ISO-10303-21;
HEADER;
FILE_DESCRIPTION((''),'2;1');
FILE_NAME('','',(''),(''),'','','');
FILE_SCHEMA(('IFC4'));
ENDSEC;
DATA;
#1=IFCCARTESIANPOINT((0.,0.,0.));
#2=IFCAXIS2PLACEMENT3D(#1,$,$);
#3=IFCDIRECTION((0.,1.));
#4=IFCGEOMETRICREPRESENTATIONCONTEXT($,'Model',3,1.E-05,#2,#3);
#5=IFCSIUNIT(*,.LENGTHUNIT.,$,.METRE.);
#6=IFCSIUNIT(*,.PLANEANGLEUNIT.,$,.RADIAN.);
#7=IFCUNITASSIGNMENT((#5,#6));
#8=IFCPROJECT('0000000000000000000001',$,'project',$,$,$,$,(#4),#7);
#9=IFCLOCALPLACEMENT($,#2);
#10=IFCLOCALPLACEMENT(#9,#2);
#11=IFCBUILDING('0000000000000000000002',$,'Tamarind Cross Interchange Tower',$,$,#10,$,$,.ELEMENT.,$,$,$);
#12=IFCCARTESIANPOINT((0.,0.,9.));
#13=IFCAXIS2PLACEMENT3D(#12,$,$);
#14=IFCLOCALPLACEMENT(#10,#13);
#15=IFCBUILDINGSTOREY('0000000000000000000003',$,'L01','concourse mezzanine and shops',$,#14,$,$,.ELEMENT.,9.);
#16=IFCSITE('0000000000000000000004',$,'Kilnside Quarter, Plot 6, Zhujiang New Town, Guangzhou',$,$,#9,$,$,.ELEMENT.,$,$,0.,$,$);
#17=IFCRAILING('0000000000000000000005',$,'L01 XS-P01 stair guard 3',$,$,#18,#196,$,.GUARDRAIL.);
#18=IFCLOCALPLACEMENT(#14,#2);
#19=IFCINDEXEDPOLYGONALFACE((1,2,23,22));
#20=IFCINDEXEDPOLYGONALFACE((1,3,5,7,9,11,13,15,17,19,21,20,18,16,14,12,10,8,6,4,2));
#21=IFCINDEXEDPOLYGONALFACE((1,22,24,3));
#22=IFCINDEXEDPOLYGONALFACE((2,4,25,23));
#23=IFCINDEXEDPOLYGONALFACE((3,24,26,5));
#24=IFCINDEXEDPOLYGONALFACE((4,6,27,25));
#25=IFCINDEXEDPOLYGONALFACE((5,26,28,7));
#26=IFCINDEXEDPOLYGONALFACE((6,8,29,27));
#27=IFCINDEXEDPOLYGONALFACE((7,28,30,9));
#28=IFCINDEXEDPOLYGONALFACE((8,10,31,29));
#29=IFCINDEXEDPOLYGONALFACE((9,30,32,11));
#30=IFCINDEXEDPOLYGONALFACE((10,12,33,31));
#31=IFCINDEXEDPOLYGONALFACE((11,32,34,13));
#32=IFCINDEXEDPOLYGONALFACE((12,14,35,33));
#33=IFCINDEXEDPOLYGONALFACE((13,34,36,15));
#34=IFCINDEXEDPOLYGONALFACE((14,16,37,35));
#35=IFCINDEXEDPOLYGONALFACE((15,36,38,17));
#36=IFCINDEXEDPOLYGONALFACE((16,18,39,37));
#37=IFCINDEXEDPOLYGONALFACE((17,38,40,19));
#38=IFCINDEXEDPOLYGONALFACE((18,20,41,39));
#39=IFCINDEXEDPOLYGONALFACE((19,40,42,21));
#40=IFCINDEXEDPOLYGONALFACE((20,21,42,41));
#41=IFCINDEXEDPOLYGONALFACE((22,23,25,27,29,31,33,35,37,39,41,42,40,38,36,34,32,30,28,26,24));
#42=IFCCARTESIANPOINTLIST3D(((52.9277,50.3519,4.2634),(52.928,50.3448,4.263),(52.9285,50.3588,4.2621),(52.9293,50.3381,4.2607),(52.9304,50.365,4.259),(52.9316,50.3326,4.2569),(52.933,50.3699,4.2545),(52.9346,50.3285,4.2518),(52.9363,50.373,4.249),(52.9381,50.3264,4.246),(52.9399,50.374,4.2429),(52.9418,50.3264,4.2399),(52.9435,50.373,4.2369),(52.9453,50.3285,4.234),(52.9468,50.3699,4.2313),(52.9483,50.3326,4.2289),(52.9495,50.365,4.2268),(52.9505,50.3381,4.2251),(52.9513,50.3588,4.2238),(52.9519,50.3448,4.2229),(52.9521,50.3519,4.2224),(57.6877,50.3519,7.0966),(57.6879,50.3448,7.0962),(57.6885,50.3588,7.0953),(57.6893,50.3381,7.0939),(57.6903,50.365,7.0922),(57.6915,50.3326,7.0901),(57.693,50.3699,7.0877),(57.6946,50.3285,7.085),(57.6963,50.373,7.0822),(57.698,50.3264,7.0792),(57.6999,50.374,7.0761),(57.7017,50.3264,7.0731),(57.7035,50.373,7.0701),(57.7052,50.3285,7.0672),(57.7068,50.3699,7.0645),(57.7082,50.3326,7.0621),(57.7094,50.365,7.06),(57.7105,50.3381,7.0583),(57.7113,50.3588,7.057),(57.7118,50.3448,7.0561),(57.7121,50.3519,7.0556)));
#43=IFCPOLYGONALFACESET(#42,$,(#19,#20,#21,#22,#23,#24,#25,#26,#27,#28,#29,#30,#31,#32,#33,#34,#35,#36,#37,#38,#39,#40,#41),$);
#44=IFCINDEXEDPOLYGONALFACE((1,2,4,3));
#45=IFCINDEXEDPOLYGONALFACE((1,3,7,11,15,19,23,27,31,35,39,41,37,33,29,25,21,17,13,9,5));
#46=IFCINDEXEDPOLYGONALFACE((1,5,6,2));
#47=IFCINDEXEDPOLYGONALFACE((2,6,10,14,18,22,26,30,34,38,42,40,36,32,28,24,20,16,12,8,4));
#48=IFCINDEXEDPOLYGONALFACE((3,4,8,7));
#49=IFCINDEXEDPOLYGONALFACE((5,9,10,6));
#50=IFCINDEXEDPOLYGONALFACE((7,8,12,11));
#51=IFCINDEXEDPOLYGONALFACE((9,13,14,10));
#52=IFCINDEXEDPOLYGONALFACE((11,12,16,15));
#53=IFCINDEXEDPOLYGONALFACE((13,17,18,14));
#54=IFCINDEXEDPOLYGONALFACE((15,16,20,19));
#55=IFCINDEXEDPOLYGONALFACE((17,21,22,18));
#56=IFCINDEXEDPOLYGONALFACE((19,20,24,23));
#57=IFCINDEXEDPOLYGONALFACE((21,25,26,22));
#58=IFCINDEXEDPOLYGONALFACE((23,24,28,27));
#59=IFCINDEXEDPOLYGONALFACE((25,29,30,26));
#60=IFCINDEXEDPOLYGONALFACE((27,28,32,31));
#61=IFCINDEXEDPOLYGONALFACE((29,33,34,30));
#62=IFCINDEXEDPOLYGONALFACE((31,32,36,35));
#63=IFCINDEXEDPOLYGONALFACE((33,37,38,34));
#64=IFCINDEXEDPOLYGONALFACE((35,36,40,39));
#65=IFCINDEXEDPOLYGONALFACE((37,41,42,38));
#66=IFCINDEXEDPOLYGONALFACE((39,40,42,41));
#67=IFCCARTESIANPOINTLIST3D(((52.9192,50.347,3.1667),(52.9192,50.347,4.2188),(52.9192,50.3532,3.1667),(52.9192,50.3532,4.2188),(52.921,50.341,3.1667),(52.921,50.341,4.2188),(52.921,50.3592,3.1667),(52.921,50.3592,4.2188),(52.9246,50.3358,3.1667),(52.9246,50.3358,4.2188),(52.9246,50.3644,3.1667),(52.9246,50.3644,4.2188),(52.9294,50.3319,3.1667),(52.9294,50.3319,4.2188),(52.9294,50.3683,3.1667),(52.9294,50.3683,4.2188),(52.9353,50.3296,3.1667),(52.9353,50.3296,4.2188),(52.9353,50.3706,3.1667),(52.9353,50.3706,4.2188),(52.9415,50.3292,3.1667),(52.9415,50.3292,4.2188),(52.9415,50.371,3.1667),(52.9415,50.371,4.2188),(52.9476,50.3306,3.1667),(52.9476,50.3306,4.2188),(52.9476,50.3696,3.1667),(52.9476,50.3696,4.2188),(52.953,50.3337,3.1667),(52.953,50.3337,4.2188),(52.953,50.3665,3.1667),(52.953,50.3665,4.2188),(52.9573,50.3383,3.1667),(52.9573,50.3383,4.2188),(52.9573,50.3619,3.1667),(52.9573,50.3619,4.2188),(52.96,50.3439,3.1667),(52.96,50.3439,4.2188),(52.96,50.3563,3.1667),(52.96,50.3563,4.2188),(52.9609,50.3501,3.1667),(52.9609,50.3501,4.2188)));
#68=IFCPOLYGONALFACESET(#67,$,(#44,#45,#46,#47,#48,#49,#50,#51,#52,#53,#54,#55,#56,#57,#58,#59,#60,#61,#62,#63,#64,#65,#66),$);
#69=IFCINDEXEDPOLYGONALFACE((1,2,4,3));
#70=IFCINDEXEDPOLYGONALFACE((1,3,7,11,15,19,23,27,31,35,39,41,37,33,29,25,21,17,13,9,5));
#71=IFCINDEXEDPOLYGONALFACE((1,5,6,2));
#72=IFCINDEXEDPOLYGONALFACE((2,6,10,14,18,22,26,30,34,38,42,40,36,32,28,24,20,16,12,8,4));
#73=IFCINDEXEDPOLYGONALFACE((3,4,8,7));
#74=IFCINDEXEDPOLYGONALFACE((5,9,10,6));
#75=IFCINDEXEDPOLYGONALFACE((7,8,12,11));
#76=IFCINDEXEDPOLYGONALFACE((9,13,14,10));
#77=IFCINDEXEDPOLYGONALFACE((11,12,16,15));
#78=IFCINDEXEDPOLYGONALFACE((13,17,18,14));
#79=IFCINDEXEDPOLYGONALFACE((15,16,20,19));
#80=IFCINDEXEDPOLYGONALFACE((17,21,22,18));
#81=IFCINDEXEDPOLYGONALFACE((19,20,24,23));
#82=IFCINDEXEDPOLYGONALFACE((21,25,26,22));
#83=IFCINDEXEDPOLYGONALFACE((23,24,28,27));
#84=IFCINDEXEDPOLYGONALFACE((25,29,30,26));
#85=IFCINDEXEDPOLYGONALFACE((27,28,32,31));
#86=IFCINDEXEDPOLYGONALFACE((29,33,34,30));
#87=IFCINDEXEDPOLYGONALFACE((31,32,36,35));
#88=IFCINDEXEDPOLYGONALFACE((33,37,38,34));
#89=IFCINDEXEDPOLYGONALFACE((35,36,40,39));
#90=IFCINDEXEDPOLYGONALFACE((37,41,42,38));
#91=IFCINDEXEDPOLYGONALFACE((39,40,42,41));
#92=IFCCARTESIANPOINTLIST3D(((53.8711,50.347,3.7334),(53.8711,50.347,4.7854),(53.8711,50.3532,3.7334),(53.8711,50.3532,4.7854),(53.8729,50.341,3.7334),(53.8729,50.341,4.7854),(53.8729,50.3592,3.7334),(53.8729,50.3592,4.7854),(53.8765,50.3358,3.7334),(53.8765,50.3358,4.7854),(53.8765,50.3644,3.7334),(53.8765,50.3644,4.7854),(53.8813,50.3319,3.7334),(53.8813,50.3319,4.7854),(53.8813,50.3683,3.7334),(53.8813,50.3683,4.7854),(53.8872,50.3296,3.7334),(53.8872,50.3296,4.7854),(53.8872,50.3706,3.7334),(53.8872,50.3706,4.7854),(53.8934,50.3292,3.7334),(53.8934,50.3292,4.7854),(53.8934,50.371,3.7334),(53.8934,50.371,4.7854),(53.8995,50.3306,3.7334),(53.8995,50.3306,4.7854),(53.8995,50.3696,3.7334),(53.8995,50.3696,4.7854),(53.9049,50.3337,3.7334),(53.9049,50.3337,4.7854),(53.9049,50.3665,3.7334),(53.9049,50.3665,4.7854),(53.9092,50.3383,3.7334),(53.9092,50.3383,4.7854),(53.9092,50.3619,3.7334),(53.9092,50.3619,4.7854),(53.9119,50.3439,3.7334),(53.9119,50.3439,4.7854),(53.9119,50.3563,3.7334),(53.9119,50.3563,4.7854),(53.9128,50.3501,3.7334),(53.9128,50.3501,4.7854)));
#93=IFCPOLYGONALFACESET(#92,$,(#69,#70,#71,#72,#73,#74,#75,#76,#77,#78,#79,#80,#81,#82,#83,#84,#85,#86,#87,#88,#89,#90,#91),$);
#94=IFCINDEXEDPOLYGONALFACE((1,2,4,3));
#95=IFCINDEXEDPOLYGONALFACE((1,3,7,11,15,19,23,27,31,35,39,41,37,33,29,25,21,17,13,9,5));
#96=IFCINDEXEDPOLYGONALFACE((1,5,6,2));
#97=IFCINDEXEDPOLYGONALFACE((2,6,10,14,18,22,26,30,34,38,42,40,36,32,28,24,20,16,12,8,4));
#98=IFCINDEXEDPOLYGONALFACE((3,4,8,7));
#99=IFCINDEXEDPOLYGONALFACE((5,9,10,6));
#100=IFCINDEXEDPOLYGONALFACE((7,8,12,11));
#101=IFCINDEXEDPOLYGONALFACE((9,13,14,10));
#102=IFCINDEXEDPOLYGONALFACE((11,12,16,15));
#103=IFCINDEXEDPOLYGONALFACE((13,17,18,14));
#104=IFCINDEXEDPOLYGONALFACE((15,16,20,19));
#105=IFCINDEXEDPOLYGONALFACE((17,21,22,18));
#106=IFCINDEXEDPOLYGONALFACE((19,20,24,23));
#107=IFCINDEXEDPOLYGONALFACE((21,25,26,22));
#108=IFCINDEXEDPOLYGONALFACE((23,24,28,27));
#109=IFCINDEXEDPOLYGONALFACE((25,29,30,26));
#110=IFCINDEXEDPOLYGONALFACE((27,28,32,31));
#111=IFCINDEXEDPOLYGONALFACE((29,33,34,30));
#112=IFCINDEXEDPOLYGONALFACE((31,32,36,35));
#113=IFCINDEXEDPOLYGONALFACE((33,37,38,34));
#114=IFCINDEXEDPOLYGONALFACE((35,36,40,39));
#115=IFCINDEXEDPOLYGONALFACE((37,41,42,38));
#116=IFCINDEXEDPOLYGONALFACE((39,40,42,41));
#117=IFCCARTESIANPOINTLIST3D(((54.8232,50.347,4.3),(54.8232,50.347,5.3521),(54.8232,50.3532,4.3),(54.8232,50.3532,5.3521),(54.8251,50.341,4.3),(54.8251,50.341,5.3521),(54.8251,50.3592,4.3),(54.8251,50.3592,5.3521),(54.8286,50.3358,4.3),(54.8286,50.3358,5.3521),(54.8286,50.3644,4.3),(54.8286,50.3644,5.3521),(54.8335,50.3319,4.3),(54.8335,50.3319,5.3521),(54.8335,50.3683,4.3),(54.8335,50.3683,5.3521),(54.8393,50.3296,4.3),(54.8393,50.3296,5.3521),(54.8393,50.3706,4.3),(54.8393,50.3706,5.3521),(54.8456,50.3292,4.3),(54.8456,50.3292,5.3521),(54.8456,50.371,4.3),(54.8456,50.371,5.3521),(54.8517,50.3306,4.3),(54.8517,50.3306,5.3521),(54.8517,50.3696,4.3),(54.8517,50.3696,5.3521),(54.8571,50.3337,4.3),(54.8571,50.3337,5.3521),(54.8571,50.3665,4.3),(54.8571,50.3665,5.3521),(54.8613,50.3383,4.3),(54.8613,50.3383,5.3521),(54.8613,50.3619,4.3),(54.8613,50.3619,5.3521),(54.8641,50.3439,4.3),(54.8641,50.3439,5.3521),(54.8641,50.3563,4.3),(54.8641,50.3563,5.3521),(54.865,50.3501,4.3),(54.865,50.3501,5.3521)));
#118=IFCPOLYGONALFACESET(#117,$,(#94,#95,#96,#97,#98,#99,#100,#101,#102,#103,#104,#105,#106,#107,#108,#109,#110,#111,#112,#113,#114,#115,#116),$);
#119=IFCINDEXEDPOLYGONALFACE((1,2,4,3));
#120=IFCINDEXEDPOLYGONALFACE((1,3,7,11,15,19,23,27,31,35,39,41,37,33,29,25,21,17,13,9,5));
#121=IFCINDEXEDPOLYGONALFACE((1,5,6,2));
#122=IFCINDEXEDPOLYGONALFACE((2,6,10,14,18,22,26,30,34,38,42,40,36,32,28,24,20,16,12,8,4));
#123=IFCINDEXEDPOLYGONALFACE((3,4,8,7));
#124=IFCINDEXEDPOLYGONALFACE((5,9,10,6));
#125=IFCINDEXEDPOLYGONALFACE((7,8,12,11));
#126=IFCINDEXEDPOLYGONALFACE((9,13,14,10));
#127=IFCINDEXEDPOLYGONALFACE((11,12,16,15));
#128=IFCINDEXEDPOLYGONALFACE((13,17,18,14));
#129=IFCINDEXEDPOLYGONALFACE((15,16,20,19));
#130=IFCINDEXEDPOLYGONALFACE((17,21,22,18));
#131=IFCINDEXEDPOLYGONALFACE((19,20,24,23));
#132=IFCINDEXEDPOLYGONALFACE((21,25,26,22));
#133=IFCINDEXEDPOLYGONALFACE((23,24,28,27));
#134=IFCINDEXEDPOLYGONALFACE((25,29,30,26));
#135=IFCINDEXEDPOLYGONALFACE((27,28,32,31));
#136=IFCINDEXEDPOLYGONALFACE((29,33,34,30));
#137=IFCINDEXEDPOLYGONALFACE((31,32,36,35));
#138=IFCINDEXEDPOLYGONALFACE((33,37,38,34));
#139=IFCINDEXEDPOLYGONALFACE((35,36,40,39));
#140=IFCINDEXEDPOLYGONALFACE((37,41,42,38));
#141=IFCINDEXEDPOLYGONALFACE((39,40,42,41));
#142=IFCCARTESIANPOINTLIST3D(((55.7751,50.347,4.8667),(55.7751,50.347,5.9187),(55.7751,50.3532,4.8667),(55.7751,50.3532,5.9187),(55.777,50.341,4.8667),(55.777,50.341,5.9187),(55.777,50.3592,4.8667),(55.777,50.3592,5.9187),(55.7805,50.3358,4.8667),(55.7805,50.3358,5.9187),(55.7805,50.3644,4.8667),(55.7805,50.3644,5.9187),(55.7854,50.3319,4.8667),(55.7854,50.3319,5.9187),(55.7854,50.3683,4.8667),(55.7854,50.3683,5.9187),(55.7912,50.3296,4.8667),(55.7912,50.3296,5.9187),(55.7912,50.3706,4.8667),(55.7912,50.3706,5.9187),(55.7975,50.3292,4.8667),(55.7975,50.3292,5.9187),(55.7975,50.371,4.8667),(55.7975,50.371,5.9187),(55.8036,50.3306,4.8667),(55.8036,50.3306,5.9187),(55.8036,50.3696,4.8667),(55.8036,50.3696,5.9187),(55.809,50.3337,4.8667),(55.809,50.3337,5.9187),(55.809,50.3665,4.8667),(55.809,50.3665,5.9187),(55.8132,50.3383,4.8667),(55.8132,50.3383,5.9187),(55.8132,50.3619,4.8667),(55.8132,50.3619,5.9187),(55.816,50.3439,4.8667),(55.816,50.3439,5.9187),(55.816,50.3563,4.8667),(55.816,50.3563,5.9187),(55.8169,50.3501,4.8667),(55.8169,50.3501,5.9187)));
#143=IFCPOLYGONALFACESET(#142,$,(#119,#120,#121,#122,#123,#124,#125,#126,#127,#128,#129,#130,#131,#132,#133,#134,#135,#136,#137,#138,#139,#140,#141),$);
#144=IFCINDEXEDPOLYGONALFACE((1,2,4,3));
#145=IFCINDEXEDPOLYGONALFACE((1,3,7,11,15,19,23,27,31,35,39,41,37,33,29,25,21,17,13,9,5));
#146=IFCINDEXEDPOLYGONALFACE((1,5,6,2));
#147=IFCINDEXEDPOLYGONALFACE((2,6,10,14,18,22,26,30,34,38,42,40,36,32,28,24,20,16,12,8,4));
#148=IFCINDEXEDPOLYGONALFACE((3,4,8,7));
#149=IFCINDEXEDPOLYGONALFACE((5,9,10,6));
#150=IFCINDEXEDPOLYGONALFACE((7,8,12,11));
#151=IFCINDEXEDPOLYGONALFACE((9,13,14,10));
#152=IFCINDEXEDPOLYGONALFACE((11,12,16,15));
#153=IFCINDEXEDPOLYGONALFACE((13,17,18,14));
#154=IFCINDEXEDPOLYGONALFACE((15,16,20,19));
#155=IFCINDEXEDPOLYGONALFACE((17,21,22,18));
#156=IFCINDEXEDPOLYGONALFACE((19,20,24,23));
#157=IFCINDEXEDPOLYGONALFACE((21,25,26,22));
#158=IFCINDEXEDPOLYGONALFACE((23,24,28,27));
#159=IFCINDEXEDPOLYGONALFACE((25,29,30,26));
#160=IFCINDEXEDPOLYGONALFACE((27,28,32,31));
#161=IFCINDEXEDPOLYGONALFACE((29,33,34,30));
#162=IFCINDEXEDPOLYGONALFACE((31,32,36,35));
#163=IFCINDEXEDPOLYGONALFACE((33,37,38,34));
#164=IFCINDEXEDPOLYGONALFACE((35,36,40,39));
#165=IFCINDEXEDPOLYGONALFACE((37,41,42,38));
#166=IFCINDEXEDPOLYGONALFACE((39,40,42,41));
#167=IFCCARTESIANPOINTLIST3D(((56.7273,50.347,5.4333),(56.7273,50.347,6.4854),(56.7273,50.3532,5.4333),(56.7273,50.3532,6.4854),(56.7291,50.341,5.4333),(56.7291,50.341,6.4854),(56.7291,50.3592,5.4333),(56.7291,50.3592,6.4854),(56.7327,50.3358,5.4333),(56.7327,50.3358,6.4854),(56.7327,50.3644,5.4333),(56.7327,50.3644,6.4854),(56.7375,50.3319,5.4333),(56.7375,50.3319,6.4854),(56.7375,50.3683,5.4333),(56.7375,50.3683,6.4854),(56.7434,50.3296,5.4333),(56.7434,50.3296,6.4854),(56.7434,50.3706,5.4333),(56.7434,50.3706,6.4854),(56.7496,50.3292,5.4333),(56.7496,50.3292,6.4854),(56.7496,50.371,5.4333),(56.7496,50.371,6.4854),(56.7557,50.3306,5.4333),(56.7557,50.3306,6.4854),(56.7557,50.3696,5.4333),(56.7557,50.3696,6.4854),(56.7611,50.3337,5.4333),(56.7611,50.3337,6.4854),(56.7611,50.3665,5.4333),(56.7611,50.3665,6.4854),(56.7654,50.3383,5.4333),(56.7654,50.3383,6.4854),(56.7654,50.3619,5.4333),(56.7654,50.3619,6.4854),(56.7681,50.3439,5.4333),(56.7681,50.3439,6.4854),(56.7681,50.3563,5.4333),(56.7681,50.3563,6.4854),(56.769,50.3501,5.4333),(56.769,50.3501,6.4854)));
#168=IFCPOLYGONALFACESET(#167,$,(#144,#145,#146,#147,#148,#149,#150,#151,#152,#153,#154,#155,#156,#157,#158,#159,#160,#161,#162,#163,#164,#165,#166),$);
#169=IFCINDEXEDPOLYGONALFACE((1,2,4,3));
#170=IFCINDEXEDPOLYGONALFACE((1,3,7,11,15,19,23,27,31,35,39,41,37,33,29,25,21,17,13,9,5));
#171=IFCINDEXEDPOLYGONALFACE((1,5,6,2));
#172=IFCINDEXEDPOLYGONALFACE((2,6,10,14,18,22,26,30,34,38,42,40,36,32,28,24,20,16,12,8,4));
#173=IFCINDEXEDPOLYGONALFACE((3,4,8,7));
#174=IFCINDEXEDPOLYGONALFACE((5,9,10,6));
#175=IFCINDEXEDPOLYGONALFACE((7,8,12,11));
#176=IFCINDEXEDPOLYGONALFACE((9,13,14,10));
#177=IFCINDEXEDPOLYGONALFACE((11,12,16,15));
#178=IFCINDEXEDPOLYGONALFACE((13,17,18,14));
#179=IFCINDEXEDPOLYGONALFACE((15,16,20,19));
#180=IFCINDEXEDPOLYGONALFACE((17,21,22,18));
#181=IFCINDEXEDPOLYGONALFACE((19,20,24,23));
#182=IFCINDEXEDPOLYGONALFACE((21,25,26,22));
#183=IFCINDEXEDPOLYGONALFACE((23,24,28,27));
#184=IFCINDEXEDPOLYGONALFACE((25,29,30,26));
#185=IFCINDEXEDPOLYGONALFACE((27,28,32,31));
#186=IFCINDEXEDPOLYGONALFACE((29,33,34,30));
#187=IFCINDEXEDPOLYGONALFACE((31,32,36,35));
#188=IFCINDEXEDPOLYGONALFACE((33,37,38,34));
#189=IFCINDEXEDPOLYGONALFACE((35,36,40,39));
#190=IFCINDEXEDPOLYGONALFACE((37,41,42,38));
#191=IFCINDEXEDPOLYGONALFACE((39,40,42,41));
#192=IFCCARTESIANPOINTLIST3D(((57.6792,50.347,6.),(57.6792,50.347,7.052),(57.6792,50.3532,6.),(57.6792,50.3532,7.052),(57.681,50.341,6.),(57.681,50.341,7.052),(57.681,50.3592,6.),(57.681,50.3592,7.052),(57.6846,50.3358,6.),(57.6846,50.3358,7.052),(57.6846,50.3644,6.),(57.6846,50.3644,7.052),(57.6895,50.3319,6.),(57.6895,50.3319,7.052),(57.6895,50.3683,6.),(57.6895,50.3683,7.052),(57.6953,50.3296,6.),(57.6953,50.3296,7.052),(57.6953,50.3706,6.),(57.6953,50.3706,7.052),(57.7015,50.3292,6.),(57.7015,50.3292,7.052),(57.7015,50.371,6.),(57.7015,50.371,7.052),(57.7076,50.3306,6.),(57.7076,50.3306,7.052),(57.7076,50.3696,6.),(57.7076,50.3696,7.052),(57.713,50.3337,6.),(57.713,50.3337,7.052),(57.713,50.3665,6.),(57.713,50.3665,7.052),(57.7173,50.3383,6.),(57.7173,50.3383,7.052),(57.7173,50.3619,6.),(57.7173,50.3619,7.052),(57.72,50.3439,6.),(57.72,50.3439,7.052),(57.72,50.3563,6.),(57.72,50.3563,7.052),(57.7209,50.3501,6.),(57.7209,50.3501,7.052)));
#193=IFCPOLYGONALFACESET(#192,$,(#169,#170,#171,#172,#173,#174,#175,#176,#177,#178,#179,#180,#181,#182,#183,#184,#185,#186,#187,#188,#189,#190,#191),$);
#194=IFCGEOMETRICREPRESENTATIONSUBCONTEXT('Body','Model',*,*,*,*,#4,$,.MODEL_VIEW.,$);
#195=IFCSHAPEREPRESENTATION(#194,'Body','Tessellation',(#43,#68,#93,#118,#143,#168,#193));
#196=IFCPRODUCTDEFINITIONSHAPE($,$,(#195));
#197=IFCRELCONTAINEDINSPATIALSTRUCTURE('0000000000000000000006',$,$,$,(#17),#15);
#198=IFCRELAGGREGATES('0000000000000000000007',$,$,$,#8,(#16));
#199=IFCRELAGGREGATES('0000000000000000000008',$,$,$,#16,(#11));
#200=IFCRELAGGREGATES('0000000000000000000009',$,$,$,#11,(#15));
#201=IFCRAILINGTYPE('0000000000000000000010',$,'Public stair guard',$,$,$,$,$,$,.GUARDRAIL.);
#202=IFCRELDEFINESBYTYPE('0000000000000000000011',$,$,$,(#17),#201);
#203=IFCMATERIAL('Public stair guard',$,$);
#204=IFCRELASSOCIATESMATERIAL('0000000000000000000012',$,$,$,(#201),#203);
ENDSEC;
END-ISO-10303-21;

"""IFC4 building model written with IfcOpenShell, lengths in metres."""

from ifc_helpers import new_model, si_unit, direction, frame, origin, origin_2d, place, context, subcontext, project, spatial, circle, extrude, material, type_object, element, save


model = new_model("IFC4")

# Units and contexts
model_context = context("Model", 3, precision=1e-05, world=origin(), true_north=direction((0.0, 1.0)))
body_context = subcontext(model_context, "Body", "Model", "MODEL_VIEW")
ifc_project = project(units=[si_unit("LENGTHUNIT", "METRE"), si_unit("PLANEANGLEUNIT", "RADIAN")], contexts=[model_context])

# Site, building, storey
site_placement = place(None, origin())
site = spatial("IfcSite", under=ifc_project, at=site_placement, Name="Kilnside Quarter, Plot 6, Zhujiang New Town, Guangzhou", CompositionType="ELEMENT", RefElevation=0.0)
building_placement = place(site_placement, origin())
building = spatial("IfcBuilding", under=site, at=building_placement, Name="Tamarind Cross Interchange Tower", CompositionType="ELEMENT")
storey_placement = place(building_placement, frame((0.0, 0.0, 9.0)))
storey = spatial("IfcBuildingStorey", under=building, at=storey_placement, Name="L01", Description="concourse mezzanine and shops", CompositionType="ELEMENT", Elevation=9.0)

# Railing
ifc_material_1 = material(Name="Public stair guard")
railing_type_1 = type_object("IfcRailingType", Name="Public stair guard", PredefinedType="GUARDRAIL", material=ifc_material_1)
railing_1_placement = place(storey_placement, frame((52.9399, 50.3501, 3.1667)))
element("IfcRailing", 1, at=railing_1_placement, inside=storey, type_object=railing_type_1, Name="L01 XS-P01 stair guard 3", PredefinedType="GUARDRAIL", context=body_context, shape_type="SweptSolid", body=[
    extrude(circle(Radius=0.0239, at=origin_2d()), frame((0.0, 0.0, 1.0762), z_axis=(0.8593, 0.0, 0.511472), x_axis=(0.0, 1.0, 0.0)), (0.0, 0.0, 1.0), 5.5393),
    extrude(circle(Radius=0.021, at=origin_2d()), origin(), (0.0, 0.0, 1.0), 1.052),
    extrude(circle(Radius=0.021, at=origin_2d()), frame((0.9519, 0.0, 0.5667)), (0.0, 0.0, 1.0), 1.052),
    extrude(circle(Radius=0.021, at=origin_2d()), frame((1.9041, 0.0, 1.1333)), (0.0, 0.0, 1.0), 1.052),
    extrude(circle(Radius=0.021, at=origin_2d()), frame((2.856, 0.0, 1.7)), (0.0, 0.0, 1.0), 1.052),
    extrude(circle(Radius=0.021, at=origin_2d()), frame((3.8081, 0.0, 2.2666)), (0.0, 0.0, 1.0), 1.052),
    extrude(circle(Radius=0.021, at=origin_2d()), frame((4.76, 0.0, 2.8333)), (0.0, 0.0, 1.0), 1.052),
])

save(model, "model.ifc")
